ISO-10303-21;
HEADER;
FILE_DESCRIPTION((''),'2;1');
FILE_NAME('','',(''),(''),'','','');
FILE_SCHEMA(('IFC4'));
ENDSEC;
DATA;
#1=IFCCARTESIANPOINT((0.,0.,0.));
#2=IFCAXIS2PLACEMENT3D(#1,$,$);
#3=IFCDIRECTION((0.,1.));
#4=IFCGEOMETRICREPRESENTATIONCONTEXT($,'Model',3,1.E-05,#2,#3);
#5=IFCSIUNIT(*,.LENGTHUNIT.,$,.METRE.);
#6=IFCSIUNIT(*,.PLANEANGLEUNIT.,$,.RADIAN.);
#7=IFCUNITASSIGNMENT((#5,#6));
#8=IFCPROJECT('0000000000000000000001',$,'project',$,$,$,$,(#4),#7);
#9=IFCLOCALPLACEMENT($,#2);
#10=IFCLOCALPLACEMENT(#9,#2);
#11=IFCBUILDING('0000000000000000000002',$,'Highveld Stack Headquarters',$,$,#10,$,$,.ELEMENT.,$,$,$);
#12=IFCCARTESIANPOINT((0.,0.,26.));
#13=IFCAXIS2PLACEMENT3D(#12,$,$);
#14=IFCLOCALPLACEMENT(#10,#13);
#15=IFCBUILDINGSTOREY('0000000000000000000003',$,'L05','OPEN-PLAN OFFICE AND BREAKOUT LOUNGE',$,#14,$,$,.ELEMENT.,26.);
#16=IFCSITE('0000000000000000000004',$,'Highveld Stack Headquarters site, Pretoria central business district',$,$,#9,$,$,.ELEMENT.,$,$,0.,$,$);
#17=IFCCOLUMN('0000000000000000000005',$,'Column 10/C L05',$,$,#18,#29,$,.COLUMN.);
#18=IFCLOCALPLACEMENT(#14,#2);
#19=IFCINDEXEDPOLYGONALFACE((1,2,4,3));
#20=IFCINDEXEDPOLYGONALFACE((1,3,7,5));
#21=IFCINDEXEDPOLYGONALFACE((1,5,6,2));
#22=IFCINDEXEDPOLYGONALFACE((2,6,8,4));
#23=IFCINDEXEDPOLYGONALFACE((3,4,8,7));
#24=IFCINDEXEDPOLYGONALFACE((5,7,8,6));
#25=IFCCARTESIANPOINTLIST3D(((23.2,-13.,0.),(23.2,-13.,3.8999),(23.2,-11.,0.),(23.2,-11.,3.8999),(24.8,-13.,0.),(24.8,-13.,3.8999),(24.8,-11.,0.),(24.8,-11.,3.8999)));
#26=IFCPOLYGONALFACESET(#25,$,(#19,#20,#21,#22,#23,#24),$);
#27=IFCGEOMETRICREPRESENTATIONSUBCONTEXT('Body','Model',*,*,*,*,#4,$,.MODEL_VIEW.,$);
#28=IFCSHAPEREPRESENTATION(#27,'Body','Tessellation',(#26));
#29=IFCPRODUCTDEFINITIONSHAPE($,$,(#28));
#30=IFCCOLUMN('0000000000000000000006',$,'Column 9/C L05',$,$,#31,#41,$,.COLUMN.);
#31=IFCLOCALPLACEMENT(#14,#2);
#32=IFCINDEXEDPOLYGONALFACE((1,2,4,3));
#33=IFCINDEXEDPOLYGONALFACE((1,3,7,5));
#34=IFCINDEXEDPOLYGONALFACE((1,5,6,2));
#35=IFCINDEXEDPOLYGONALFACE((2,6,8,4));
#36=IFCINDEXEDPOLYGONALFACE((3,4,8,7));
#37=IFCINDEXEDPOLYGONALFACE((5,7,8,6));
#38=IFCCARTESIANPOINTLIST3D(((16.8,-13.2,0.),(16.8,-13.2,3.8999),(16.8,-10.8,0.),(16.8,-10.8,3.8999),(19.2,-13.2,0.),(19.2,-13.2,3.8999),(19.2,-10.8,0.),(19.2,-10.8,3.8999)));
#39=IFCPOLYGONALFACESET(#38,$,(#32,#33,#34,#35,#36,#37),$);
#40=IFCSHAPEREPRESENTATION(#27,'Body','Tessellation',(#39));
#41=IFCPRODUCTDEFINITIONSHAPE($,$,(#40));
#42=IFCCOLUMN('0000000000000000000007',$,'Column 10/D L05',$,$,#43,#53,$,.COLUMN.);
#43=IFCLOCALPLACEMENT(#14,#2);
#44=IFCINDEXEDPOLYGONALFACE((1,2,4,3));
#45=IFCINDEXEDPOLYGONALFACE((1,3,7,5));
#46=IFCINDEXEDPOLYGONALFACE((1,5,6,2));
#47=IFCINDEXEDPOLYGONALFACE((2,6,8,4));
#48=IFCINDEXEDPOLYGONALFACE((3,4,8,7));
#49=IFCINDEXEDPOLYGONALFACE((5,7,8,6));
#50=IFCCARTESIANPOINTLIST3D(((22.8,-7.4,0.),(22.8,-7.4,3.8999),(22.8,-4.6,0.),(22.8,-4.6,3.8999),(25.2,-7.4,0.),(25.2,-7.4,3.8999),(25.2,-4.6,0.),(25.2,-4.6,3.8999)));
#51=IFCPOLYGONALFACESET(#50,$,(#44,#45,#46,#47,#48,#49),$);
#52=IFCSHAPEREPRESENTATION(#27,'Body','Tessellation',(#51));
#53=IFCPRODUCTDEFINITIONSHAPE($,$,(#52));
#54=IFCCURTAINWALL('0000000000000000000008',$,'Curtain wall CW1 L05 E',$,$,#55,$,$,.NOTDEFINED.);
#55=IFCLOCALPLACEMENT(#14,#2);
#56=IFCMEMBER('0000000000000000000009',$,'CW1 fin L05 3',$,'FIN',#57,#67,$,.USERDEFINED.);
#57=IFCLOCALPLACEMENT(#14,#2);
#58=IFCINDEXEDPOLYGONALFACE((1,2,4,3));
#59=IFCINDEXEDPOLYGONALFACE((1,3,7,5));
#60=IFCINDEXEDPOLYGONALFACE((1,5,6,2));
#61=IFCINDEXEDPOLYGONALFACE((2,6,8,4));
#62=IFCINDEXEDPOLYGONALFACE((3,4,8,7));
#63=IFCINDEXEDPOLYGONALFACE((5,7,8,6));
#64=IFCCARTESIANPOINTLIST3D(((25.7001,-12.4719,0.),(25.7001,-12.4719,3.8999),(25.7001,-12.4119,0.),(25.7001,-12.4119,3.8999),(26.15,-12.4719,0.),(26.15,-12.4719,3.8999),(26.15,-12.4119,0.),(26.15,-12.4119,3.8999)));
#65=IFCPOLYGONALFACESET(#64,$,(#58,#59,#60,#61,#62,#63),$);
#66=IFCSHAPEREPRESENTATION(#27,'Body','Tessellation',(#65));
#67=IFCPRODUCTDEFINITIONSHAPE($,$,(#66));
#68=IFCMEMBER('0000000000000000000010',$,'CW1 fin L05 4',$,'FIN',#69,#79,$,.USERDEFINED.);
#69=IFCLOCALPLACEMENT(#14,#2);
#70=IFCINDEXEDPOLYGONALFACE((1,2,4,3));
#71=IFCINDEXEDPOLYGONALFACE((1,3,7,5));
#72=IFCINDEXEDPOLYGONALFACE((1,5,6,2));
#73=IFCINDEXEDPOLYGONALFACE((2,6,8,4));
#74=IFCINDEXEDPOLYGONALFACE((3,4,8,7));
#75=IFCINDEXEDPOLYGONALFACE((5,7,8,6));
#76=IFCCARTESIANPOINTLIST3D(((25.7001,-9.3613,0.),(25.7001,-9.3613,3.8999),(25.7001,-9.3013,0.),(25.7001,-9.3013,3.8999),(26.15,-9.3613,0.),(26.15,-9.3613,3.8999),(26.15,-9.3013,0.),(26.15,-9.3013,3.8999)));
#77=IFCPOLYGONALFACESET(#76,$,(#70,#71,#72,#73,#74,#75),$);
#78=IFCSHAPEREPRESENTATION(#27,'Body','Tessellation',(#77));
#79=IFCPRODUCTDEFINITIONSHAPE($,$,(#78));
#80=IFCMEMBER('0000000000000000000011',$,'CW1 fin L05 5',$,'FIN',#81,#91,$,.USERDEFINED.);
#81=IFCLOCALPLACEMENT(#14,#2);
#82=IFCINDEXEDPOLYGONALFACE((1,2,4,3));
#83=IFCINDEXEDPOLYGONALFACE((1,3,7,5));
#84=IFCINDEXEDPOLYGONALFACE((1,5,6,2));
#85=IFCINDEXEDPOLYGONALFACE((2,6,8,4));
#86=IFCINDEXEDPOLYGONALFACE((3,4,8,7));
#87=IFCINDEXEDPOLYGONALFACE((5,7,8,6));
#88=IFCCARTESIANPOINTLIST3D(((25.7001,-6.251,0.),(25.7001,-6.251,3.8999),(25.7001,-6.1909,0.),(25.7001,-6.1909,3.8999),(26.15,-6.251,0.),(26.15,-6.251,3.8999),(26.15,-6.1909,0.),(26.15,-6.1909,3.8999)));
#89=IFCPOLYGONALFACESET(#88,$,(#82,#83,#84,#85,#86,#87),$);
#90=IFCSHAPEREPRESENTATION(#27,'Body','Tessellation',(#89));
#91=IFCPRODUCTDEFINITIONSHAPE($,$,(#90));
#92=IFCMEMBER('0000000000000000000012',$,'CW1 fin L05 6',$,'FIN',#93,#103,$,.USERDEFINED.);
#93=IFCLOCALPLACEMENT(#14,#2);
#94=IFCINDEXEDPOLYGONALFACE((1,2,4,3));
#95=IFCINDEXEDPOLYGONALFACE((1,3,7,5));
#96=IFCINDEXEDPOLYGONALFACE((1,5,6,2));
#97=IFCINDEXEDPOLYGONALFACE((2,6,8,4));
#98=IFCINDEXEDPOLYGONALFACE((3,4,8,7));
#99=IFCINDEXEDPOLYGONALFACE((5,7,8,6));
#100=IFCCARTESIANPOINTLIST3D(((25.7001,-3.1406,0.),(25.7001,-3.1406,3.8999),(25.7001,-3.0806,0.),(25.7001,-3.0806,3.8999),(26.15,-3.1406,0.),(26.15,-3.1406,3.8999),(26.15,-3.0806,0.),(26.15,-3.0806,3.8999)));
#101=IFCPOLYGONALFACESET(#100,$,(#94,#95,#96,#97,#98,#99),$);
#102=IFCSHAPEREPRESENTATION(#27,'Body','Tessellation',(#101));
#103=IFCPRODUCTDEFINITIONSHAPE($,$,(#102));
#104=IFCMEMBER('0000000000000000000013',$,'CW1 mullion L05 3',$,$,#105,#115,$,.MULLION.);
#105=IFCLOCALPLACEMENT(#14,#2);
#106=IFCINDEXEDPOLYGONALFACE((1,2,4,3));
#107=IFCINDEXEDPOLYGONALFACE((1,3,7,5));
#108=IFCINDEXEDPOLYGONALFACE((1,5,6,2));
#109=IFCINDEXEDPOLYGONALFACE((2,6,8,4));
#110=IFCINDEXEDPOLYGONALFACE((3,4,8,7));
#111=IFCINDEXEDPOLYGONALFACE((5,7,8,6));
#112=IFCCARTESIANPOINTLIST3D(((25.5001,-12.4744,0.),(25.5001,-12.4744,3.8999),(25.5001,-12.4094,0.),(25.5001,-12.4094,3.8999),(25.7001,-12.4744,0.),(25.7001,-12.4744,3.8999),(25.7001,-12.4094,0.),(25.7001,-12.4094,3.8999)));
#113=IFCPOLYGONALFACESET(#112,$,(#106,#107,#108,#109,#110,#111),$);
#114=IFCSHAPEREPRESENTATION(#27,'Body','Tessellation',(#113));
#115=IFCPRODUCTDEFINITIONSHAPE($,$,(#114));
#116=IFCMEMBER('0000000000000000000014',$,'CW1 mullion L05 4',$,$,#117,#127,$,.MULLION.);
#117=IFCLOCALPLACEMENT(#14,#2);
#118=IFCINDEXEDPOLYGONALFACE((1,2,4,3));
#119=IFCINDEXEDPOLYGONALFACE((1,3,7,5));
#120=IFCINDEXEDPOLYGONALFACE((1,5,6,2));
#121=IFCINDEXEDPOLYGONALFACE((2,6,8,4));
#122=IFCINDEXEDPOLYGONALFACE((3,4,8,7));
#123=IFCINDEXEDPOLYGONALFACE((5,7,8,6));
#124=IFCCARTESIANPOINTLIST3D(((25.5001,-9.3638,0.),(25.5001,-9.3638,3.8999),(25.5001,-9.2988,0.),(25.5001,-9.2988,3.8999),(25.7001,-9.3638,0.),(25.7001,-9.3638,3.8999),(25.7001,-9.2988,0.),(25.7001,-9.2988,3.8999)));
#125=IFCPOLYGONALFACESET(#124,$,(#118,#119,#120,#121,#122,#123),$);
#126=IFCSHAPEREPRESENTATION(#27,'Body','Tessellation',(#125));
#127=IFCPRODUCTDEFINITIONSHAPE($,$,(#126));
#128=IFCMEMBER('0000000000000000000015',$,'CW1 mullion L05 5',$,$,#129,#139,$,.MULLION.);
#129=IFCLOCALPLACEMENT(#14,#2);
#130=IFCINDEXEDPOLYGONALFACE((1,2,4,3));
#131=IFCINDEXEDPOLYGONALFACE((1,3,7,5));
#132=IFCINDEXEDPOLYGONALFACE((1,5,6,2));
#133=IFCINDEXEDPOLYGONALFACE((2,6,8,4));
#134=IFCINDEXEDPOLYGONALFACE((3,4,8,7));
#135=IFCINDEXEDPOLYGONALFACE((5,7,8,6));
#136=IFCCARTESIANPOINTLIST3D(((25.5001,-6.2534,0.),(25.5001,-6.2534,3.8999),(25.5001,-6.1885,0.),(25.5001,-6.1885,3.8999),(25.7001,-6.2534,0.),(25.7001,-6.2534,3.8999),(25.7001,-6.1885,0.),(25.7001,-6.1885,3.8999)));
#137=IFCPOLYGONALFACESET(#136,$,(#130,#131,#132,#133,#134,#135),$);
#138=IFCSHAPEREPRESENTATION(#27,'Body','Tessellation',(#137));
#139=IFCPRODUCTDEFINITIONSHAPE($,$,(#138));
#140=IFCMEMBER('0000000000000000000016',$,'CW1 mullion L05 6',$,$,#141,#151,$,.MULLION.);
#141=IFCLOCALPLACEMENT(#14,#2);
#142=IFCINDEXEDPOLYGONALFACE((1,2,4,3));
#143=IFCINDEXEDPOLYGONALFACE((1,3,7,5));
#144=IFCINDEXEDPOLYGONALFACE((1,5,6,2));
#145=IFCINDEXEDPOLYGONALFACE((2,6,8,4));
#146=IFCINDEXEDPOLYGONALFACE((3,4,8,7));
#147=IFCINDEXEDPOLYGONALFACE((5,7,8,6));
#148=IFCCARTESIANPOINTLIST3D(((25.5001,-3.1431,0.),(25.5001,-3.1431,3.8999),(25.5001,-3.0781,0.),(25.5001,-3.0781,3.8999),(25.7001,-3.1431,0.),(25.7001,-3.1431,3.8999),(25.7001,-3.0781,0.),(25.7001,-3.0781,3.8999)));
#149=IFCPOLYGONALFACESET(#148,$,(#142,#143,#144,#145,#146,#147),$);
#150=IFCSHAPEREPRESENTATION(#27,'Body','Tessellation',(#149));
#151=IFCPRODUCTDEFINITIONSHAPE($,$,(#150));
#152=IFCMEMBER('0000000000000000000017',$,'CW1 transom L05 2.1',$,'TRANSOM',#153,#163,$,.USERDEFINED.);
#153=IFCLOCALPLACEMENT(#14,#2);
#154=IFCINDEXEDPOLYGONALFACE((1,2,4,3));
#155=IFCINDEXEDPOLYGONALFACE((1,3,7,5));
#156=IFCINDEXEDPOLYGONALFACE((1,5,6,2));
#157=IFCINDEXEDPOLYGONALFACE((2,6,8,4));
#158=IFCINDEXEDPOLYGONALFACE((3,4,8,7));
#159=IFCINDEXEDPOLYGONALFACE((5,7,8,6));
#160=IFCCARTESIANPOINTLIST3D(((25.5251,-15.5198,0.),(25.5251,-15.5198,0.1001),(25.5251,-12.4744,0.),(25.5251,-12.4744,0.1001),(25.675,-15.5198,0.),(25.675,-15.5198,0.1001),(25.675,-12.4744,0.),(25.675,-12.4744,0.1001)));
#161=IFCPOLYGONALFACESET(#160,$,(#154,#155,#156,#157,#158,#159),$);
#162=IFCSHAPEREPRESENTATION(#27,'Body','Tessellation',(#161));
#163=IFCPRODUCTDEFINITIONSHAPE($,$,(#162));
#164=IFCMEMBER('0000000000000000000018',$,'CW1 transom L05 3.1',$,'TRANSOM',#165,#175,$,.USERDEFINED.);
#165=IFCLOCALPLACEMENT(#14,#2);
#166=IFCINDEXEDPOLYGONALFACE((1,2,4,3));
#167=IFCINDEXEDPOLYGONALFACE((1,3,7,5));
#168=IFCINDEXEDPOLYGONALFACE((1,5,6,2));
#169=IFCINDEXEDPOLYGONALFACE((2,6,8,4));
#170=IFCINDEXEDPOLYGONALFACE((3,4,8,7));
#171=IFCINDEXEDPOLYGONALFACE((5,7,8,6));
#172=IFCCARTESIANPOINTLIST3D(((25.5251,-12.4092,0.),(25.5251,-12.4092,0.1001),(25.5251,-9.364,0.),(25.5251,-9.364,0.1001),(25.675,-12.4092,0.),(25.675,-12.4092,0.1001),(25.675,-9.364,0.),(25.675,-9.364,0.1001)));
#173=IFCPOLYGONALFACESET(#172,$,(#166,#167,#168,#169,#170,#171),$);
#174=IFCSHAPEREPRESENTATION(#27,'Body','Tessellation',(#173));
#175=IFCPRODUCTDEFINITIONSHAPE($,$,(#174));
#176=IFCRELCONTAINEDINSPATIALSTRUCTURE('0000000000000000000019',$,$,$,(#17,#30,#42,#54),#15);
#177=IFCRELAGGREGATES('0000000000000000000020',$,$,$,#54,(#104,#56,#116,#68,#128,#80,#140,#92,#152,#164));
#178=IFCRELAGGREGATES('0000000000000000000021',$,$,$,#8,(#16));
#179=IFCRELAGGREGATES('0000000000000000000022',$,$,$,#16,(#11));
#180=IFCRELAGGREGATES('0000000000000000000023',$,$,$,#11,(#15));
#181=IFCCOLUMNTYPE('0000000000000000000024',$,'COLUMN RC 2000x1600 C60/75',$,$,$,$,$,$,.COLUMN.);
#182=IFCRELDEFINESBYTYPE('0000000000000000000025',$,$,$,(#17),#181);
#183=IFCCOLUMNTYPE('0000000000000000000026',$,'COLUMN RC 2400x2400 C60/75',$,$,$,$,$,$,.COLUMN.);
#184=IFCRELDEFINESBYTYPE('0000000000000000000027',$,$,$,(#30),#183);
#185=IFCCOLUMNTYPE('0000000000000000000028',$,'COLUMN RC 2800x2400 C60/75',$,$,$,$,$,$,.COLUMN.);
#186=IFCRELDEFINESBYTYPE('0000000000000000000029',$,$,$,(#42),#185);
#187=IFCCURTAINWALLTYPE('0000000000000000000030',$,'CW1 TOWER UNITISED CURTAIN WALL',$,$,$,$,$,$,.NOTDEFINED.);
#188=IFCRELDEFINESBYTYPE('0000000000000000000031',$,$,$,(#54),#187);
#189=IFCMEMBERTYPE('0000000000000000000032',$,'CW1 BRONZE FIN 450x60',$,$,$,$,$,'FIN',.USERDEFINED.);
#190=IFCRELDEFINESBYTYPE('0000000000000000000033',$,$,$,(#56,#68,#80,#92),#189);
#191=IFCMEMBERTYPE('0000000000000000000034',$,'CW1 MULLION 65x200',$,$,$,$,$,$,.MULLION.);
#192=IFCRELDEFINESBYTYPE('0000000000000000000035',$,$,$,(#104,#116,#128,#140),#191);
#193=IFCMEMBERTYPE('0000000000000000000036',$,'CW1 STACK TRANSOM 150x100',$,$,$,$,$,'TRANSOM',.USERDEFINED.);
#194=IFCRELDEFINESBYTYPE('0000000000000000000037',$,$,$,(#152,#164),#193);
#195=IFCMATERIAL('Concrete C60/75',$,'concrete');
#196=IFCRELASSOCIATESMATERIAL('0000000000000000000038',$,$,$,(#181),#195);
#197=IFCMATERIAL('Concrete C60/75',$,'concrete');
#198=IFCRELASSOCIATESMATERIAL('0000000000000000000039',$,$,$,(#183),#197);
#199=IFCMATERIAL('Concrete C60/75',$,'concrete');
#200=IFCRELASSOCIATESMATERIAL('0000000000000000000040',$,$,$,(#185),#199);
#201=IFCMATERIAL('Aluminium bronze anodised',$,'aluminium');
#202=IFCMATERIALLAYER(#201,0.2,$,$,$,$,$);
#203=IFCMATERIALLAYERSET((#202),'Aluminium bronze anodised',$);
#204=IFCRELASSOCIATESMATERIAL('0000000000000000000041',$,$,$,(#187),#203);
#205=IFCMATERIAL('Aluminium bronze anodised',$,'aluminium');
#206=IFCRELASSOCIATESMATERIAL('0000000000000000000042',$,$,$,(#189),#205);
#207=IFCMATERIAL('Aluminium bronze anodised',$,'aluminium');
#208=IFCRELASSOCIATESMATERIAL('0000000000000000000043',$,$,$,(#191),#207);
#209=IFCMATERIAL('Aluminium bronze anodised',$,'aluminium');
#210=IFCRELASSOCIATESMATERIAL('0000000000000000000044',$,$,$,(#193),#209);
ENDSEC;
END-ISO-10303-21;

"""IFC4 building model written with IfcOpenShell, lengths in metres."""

from ifc_helpers import new_model, si_unit, direction, frame, origin, origin_2d, place, context, subcontext, project, spatial, rectangle, extrude, material, layer, layer_set, material_profile, profile_set, type_object, element, aggregate, save


model = new_model("IFC4")

# Units and contexts
model_context = context("Model", 3, precision=1e-05, world=origin(), true_north=direction((0.0, 1.0)))
body_context = subcontext(model_context, "Body", "Model", "MODEL_VIEW")
ifc_project = project(units=[si_unit("LENGTHUNIT", "METRE"), si_unit("PLANEANGLEUNIT", "RADIAN")], contexts=[model_context])

# Site, building, storey
site_placement = place(None, origin())
site = spatial("IfcSite", under=ifc_project, at=site_placement, Name="Highveld Stack Headquarters site, Pretoria central business district", CompositionType="ELEMENT", RefElevation=0.0)
building_placement = place(site_placement, origin())
building = spatial("IfcBuilding", under=site, at=building_placement, Name="Highveld Stack Headquarters", CompositionType="ELEMENT")
storey_placement = place(building_placement, frame((0.0, 0.0, 26.0)))
storey = spatial("IfcBuildingStorey", under=building, at=storey_placement, Name="L05", Description="OPEN-PLAN OFFICE AND BREAKOUT LOUNGE", CompositionType="ELEMENT", Elevation=26.0)

# Columns
ifc_material_1 = material(Name="Concrete C60/75", Category="concrete")
ifc_material_profile_1 = material_profile(ifc_material_1, rectangle(XDim=2.0, YDim=1.6001, at=origin_2d()), Name="RC 2000x1600")
ifc_profile_set_1 = profile_set([ifc_material_profile_1], Name="Concrete C60/75")
column_type_1 = type_object("IfcColumnType", Name="COLUMN RC 2000x1600 C60/75", PredefinedType="COLUMN", material=ifc_profile_set_1)
column_1_placement = place(storey_placement, frame((24.0, -12.0, 0.0), z_axis=(0.0, 0.0, 1.0), x_axis=(0.0, 1.0, 0.0)))
element("IfcColumn", 1, at=column_1_placement, inside=storey, type_object=column_type_1, Name="Column 10/C L05", PredefinedType="COLUMN", context=body_context, shape_type="SweptSolid", body=[
    extrude(rectangle(XDim=2.0, YDim=1.6001, at=origin_2d()), origin(), (0.0, 0.0, 1.0), 3.8999),
])
ifc_material_2 = material(Name="Concrete C60/75", Category="concrete")
ifc_material_profile_2 = material_profile(ifc_material_2, rectangle(XDim=2.3999, YDim=2.3999, at=origin_2d()), Name="RC 2400x2400")
ifc_profile_set_2 = profile_set([ifc_material_profile_2], Name="Concrete C60/75")
column_type_2 = type_object("IfcColumnType", Name="COLUMN RC 2400x2400 C60/75", PredefinedType="COLUMN", material=ifc_profile_set_2)
column_2_placement = place(storey_placement, frame((18.0, -12.0, 0.0), z_axis=(0.0, 0.0, 1.0), x_axis=(1.0, 0.0, 0.0)))
element("IfcColumn", 2, at=column_2_placement, inside=storey, type_object=column_type_2, Name="Column 9/C L05", PredefinedType="COLUMN", context=body_context, shape_type="SweptSolid", body=[
    extrude(rectangle(XDim=2.3999, YDim=2.3999, at=origin_2d()), origin(), (0.0, 0.0, 1.0), 3.8999),
])
ifc_material_3 = material(Name="Concrete C60/75", Category="concrete")
ifc_material_profile_3 = material_profile(ifc_material_3, rectangle(XDim=2.8, YDim=2.3999, at=origin_2d()), Name="RC 2800x2400")
ifc_profile_set_3 = profile_set([ifc_material_profile_3], Name="Concrete C60/75")
column_type_3 = type_object("IfcColumnType", Name="COLUMN RC 2800x2400 C60/75", PredefinedType="COLUMN", material=ifc_profile_set_3)
column_3_placement = place(storey_placement, frame((24.0, -6.0, 0.0), z_axis=(0.0, 0.0, 1.0), x_axis=(0.0, 1.0, 0.0)))
element("IfcColumn", 3, at=column_3_placement, inside=storey, type_object=column_type_3, Name="Column 10/D L05", PredefinedType="COLUMN", context=body_context, shape_type="SweptSolid", body=[
    extrude(rectangle(XDim=2.8, YDim=2.3999, at=origin_2d()), origin(), (0.0, 0.0, 1.0), 3.8999),
])

# Curtain wall, members
ifc_material_4 = material(Name="Aluminium bronze anodised", Category="aluminium")
ifc_layer_1 = layer(ifc_material_4, 0.2)
ifc_layer_set_1 = layer_set([ifc_layer_1], Name="Aluminium bronze anodised")
curtain_wall_type = type_object("IfcCurtainWallType", Name="CW1 TOWER UNITISED CURTAIN WALL", PredefinedType="NOTDEFINED", material=ifc_layer_set_1)
curtain_wall_placement = place(storey_placement, origin())
curtain_wall = element("IfcCurtainWall", 4, at=curtain_wall_placement, inside=storey, type_object=curtain_wall_type, Name="Curtain wall CW1 L05 E", PredefinedType="NOTDEFINED")
ifc_material_5 = material(Name="Aluminium bronze anodised", Category="aluminium")
ifc_material_profile_4 = material_profile(ifc_material_5, rectangle(XDim=0.45, YDim=0.0601, at=origin_2d()), Name="FIN 450x60")
ifc_profile_set_4 = profile_set([ifc_material_profile_4], Name="Aluminium bronze anodised")
member_type_1 = type_object("IfcMemberType", Name="CW1 BRONZE FIN 450x60", ElementType="FIN", PredefinedType="USERDEFINED", material=ifc_profile_set_4)
member_1_placement = place(storey_placement, frame((25.925, -12.4419, 0.0), z_axis=(0.0, 0.0, 1.0), x_axis=(-1.0, 0.0, 0.0)))
member_1 = element("IfcMember", 5, at=member_1_placement, type_object=member_type_1, Name="CW1 fin L05 3", ObjectType="FIN", PredefinedType="USERDEFINED", context=body_context, shape_type="SweptSolid", body=[
    extrude(rectangle(XDim=0.45, YDim=0.0601, at=origin_2d()), origin(), (0.0, 0.0, 1.0), 3.8999),
])
member_2_placement = place(storey_placement, frame((25.925, -9.3313, 0.0), z_axis=(0.0, 0.0, 1.0), x_axis=(-1.0, 0.0, 0.0)))
member_2 = element("IfcMember", 6, at=member_2_placement, type_object=member_type_1, Name="CW1 fin L05 4", ObjectType="FIN", PredefinedType="USERDEFINED", context=body_context, shape_type="SweptSolid", body=[
    extrude(rectangle(XDim=0.45, YDim=0.0601, at=origin_2d()), origin(), (0.0, 0.0, 1.0), 3.8999),
])
member_3_placement = place(storey_placement, frame((25.925, -6.2209, 0.0), z_axis=(0.0, 0.0, 1.0), x_axis=(-1.0, 0.0, 0.0)))
member_3 = element("IfcMember", 7, at=member_3_placement, type_object=member_type_1, Name="CW1 fin L05 5", ObjectType="FIN", PredefinedType="USERDEFINED", context=body_context, shape_type="SweptSolid", body=[
    extrude(rectangle(XDim=0.45, YDim=0.0601, at=origin_2d()), origin(), (0.0, 0.0, 1.0), 3.8999),
])
member_4_placement = place(storey_placement, frame((25.925, -3.1106, 0.0), z_axis=(0.0, 0.0, 1.0), x_axis=(-1.0, 0.0, 0.0)))
member_4 = element("IfcMember", 8, at=member_4_placement, type_object=member_type_1, Name="CW1 fin L05 6", ObjectType="FIN", PredefinedType="USERDEFINED", context=body_context, shape_type="SweptSolid", body=[
    extrude(rectangle(XDim=0.45, YDim=0.0601, at=origin_2d()), origin(), (0.0, 0.0, 1.0), 3.8999),
])
ifc_material_6 = material(Name="Aluminium bronze anodised", Category="aluminium")
ifc_material_profile_5 = material_profile(ifc_material_6, rectangle(XDim=0.2, YDim=0.0649, at=origin_2d()), Name="CW1 MULLION 65x200")
ifc_profile_set_5 = profile_set([ifc_material_profile_5], Name="Aluminium bronze anodised")
member_type_2 = type_object("IfcMemberType", Name="CW1 MULLION 65x200", PredefinedType="MULLION", material=ifc_profile_set_5)
member_5_placement = place(storey_placement, frame((25.6001, -12.4419, 0.0), z_axis=(0.0, 0.0, 1.0), x_axis=(-1.0, 0.0, 0.0)))
member_5 = element("IfcMember", 9, at=member_5_placement, type_object=member_type_2, Name="CW1 mullion L05 3", PredefinedType="MULLION", context=body_context, shape_type="SweptSolid", body=[
    extrude(rectangle(XDim=0.2, YDim=0.0649, at=origin_2d()), origin(), (0.0, 0.0, 1.0), 3.8999),
])
member_6_placement = place(storey_placement, frame((25.6001, -9.3313, 0.0), z_axis=(0.0, 0.0, 1.0), x_axis=(-1.0, 0.0, 0.0)))
member_6 = element("IfcMember", 10, at=member_6_placement, type_object=member_type_2, Name="CW1 mullion L05 4", PredefinedType="MULLION", context=body_context, shape_type="SweptSolid", body=[
    extrude(rectangle(XDim=0.2, YDim=0.0649, at=origin_2d()), origin(), (0.0, 0.0, 1.0), 3.8999),
])
member_7_placement = place(storey_placement, frame((25.6001, -6.2209, 0.0), z_axis=(0.0, 0.0, 1.0), x_axis=(-1.0, 0.0, 0.0)))
member_7 = element("IfcMember", 11, at=member_7_placement, type_object=member_type_2, Name="CW1 mullion L05 5", PredefinedType="MULLION", context=body_context, shape_type="SweptSolid", body=[
    extrude(rectangle(XDim=0.2, YDim=0.0649, at=origin_2d()), origin(), (0.0, 0.0, 1.0), 3.8999),
])
member_8_placement = place(storey_placement, frame((25.6001, -3.1106, 0.0), z_axis=(0.0, 0.0, 1.0), x_axis=(-1.0, 0.0, 0.0)))
member_8 = element("IfcMember", 12, at=member_8_placement, type_object=member_type_2, Name="CW1 mullion L05 6", PredefinedType="MULLION", context=body_context, shape_type="SweptSolid", body=[
    extrude(rectangle(XDim=0.2, YDim=0.0649, at=origin_2d()), origin(), (0.0, 0.0, 1.0), 3.8999),
])
ifc_material_7 = material(Name="Aluminium bronze anodised", Category="aluminium")
ifc_material_profile_6 = material_profile(ifc_material_7, rectangle(XDim=0.1499, YDim=0.1001, at=origin_2d()), Name="CW1 TRANSOM 150x100")
ifc_profile_set_6 = profile_set([ifc_material_profile_6], Name="Aluminium bronze anodised")
member_type_3 = type_object("IfcMemberType", Name="CW1 STACK TRANSOM 150x100", ElementType="TRANSOM", PredefinedType="USERDEFINED", material=ifc_profile_set_6)
member_9_placement = place(storey_placement, frame((25.6001, -15.5198, 0.05), z_axis=(0.0, 1.0, 0.0), x_axis=(-1.0, 0.0, 0.0)))
member_9 = element("IfcMember", 13, at=member_9_placement, type_object=member_type_3, Name="CW1 transom L05 2.1", ObjectType="TRANSOM", PredefinedType="USERDEFINED", context=body_context, shape_type="SweptSolid", body=[
    extrude(rectangle(XDim=0.1499, YDim=0.1001, at=origin_2d()), origin(), (0.0, 0.0, 1.0), 3.0454),
])
member_10_placement = place(storey_placement, frame((25.6001, -12.4092, 0.05), z_axis=(0.0, 1.0, 0.0), x_axis=(-1.0, 0.0, 0.0)))
member_10 = element("IfcMember", 14, at=member_10_placement, type_object=member_type_3, Name="CW1 transom L05 3.1", ObjectType="TRANSOM", PredefinedType="USERDEFINED", context=body_context, shape_type="SweptSolid", body=[
    extrude(rectangle(XDim=0.1499, YDim=0.1001, at=origin_2d()), origin(), (0.0, 0.0, 1.0), 3.0452),
])
aggregate(curtain_wall, [member_5, member_1, member_6, member_2, member_7, member_3, member_8, member_4, member_9, member_10])

save(model, "model.ifc")
